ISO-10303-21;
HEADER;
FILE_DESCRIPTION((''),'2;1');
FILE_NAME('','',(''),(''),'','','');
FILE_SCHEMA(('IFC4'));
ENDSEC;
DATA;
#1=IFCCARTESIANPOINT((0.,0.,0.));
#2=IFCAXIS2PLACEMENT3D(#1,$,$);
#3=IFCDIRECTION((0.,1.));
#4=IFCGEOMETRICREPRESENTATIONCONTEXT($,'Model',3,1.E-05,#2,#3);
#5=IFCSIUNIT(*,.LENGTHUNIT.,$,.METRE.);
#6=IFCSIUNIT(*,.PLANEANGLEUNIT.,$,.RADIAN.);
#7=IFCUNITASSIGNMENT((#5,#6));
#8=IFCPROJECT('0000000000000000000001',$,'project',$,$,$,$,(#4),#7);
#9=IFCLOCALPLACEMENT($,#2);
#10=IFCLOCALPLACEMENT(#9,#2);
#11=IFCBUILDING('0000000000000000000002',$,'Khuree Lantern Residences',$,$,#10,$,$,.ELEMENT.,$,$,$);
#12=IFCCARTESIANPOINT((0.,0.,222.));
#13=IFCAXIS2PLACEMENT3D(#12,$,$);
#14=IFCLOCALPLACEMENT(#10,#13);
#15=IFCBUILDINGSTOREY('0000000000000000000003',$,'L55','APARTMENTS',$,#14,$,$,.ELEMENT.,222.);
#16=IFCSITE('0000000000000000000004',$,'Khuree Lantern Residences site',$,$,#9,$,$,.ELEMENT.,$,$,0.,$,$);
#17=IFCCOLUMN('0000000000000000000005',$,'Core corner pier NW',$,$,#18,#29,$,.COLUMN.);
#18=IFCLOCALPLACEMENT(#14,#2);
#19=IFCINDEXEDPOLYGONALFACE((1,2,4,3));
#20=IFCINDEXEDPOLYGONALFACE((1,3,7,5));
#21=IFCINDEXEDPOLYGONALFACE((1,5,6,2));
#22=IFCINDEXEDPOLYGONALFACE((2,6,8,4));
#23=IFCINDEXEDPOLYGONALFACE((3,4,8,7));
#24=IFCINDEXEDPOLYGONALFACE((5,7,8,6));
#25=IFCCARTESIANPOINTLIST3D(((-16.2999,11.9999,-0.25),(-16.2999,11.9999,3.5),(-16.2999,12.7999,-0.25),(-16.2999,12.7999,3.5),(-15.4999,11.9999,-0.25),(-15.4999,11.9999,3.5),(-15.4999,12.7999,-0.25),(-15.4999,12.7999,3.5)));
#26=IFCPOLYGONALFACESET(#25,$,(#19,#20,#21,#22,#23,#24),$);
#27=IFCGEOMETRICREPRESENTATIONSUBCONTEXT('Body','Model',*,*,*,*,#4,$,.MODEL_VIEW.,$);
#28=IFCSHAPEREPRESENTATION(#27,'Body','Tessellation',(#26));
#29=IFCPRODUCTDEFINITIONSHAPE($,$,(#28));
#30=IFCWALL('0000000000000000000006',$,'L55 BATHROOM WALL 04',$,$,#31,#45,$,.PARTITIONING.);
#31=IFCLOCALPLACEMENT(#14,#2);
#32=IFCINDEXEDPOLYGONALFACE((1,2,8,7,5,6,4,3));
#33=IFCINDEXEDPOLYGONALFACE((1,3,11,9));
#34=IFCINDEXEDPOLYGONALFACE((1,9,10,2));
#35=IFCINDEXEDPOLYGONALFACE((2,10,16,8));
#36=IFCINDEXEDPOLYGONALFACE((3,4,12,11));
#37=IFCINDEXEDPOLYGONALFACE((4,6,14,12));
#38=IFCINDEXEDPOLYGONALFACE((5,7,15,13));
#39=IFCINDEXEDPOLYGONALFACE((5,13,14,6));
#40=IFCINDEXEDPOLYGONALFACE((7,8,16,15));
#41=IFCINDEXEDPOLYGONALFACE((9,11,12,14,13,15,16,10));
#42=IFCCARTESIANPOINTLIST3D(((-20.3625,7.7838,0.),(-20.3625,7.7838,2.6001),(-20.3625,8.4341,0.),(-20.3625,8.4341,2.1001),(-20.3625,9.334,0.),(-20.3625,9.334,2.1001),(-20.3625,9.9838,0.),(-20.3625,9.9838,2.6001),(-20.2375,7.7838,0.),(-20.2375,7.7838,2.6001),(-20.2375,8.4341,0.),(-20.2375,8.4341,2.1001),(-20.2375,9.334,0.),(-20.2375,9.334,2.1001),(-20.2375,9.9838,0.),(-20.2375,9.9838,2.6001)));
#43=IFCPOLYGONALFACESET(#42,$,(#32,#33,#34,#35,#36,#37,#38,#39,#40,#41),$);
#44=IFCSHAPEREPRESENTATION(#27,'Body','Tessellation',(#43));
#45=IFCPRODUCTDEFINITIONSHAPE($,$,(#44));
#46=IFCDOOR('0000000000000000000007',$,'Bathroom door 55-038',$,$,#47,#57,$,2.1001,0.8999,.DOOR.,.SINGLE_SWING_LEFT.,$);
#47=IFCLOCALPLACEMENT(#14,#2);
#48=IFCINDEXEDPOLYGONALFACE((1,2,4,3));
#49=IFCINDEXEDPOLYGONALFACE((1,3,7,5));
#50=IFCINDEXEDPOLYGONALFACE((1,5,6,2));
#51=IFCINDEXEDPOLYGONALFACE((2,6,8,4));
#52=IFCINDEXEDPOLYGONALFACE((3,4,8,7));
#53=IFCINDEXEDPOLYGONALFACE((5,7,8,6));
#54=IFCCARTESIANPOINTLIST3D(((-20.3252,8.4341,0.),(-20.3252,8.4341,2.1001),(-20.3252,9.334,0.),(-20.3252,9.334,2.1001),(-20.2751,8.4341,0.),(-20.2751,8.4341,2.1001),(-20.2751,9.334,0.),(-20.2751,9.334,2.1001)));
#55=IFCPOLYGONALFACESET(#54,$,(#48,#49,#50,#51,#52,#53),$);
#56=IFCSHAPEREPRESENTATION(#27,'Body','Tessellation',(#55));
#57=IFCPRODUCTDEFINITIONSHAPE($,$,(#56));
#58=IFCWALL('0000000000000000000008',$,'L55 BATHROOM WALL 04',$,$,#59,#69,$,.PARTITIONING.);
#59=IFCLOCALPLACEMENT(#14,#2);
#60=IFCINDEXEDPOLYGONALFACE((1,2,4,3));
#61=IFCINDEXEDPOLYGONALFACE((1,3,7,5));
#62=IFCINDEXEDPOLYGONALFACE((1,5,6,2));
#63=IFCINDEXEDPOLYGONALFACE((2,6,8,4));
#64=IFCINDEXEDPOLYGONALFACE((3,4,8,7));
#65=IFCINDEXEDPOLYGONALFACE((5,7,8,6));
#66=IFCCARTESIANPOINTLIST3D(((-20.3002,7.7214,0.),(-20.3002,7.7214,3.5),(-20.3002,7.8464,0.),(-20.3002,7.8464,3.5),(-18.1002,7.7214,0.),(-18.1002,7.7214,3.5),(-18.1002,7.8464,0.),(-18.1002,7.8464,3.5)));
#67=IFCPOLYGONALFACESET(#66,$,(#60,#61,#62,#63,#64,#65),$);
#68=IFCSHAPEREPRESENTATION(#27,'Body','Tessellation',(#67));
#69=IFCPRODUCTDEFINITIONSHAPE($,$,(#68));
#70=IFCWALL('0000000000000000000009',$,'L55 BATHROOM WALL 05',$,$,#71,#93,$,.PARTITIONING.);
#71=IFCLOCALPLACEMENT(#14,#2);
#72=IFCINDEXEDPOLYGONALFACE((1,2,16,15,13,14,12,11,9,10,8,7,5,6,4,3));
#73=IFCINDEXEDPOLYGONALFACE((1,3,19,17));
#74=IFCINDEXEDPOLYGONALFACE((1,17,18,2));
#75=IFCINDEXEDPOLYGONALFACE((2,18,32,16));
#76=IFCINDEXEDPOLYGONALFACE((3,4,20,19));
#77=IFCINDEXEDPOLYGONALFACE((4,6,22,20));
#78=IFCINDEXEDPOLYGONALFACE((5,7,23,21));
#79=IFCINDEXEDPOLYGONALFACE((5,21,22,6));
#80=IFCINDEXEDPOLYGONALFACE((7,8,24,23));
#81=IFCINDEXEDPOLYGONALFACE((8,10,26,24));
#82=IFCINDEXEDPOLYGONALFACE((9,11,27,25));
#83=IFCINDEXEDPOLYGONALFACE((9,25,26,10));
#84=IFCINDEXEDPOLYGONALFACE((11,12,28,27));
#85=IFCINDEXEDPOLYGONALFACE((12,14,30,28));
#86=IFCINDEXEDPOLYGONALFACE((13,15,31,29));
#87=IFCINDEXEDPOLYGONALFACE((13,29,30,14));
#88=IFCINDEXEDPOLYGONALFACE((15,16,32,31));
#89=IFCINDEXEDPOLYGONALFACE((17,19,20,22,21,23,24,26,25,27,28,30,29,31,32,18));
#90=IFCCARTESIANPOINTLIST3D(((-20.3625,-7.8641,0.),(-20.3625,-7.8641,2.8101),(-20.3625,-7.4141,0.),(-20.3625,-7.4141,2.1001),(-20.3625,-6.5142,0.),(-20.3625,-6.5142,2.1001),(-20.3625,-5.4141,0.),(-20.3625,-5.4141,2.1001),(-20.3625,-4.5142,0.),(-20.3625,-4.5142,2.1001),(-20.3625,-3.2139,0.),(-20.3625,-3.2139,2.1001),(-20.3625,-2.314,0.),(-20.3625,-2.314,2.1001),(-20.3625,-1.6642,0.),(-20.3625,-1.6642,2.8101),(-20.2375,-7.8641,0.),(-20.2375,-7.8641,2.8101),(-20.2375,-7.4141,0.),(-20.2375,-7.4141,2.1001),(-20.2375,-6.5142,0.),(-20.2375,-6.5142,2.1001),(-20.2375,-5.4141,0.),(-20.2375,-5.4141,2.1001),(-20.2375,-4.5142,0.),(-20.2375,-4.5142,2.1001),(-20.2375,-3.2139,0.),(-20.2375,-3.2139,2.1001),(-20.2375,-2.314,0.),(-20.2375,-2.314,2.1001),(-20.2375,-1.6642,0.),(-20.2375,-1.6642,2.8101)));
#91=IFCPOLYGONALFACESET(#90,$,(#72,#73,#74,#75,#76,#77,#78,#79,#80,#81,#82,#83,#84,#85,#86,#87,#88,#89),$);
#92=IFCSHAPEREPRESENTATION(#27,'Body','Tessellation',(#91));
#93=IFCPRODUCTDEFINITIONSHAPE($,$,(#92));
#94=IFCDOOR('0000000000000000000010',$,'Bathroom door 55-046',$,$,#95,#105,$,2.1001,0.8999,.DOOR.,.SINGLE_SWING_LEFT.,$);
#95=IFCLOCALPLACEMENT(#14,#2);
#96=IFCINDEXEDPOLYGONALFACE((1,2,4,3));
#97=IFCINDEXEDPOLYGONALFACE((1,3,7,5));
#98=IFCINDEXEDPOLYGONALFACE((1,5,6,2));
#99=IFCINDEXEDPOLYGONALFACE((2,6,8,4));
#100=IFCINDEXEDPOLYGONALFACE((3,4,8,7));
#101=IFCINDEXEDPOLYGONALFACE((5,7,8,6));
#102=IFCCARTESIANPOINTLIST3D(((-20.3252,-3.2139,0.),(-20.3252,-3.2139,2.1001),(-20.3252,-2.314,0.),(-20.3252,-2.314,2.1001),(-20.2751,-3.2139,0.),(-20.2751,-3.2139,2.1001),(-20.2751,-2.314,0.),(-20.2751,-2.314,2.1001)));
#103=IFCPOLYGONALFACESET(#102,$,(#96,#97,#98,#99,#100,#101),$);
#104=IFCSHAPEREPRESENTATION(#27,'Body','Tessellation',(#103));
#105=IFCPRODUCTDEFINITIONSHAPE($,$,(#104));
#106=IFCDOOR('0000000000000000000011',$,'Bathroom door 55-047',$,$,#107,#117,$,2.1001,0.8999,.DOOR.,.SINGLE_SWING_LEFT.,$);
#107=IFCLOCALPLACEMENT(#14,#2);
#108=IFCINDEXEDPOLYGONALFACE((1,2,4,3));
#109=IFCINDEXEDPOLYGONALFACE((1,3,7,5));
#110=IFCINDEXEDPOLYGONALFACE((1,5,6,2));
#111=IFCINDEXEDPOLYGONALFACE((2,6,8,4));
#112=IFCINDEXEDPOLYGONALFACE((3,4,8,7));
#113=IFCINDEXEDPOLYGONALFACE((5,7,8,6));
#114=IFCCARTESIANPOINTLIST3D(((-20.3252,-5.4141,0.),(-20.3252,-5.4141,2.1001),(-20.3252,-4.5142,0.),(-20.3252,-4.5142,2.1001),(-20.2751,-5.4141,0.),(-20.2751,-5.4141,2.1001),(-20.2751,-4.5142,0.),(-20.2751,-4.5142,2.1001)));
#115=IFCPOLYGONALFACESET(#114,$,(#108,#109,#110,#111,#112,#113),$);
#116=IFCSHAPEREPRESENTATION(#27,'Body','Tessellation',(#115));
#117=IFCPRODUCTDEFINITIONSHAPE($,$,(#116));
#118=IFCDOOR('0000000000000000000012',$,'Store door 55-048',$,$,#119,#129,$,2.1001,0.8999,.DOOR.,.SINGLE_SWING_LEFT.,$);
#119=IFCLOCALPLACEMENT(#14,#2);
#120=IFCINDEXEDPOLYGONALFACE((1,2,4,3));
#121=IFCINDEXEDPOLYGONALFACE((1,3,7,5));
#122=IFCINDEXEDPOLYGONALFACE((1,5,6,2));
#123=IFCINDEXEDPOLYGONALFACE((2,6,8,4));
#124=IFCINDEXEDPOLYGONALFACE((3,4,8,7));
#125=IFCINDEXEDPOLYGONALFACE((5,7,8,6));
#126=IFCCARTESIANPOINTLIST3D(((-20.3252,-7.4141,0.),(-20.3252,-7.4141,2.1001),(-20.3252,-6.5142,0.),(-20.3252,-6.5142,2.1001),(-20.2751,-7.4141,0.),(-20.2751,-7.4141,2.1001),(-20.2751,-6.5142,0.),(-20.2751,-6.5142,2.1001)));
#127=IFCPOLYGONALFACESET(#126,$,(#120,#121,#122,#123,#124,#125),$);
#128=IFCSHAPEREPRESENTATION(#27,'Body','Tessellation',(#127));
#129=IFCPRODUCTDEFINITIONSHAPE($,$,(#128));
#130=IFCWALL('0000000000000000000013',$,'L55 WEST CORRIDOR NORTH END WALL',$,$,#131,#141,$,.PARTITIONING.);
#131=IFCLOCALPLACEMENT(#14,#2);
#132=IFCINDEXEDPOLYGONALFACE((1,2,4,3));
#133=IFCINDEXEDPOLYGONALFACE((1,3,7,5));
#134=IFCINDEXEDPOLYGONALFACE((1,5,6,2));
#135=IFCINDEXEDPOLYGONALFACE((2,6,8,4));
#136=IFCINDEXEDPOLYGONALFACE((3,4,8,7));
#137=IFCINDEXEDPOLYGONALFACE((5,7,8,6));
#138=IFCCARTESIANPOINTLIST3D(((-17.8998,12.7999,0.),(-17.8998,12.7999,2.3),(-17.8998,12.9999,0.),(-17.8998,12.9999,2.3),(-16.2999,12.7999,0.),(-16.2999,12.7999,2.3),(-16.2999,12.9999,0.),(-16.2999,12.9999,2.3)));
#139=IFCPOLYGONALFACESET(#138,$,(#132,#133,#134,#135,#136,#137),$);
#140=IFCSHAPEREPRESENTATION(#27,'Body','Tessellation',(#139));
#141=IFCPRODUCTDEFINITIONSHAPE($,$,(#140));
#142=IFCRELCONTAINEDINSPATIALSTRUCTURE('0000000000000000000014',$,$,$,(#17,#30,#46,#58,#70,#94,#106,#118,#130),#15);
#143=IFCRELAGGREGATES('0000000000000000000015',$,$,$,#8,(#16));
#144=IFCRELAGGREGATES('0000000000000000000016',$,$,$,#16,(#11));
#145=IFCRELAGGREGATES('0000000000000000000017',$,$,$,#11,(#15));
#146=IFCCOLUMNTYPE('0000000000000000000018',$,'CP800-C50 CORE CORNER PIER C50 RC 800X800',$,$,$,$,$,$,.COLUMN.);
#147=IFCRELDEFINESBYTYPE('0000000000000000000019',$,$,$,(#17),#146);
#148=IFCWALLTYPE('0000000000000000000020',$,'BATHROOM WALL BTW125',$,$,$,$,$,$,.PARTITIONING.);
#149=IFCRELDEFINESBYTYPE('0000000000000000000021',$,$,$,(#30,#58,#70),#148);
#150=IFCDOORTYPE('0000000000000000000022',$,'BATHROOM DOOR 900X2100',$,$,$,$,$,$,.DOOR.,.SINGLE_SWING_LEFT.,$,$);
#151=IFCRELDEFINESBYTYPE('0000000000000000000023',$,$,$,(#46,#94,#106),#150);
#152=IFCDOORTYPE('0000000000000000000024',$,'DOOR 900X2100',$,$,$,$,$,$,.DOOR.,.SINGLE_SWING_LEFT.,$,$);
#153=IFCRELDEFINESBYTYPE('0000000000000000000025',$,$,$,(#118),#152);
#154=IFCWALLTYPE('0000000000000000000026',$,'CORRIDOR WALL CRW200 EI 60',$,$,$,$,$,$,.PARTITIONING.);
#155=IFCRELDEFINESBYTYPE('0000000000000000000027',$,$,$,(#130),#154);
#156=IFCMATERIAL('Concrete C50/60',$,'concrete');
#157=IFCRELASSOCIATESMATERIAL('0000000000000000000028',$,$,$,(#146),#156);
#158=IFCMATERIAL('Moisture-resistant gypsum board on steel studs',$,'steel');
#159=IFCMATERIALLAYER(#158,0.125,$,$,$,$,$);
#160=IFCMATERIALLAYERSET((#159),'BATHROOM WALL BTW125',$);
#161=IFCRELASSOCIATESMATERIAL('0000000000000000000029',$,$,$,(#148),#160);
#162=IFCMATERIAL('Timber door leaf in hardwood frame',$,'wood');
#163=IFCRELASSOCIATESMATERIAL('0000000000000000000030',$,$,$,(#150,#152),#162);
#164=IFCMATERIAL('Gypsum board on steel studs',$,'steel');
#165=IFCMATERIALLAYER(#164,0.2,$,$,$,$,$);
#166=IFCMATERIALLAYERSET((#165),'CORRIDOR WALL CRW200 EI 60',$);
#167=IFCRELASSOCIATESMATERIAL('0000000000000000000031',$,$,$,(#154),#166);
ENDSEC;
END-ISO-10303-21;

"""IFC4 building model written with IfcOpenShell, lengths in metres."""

from ifc_helpers import new_model, si_unit, direction, frame, frame_2d, origin, origin_2d, place, context, subcontext, project, spatial, rectangle, extrude, material, layer, layer_set, material_profile, profile_set, type_object, element, fill, save


model = new_model("IFC4")

# Units and contexts
model_context = context("Model", 3, precision=1e-05, world=origin(), true_north=direction((0.0, 1.0)))
body_context = subcontext(model_context, "Body", "Model", "MODEL_VIEW")
ifc_project = project(units=[si_unit("LENGTHUNIT", "METRE"), si_unit("PLANEANGLEUNIT", "RADIAN")], contexts=[model_context])

# Site, building, storey
site_placement = place(None, origin())
site = spatial("IfcSite", under=ifc_project, at=site_placement, Name="Khuree Lantern Residences site", CompositionType="ELEMENT", RefElevation=0.0)
building_placement = place(site_placement, origin())
building = spatial("IfcBuilding", under=site, at=building_placement, Name="Khuree Lantern Residences", CompositionType="ELEMENT")
storey_placement = place(building_placement, frame((0.0, 0.0, 222.0)))
storey = spatial("IfcBuildingStorey", under=building, at=storey_placement, Name="L55", Description="APARTMENTS", CompositionType="ELEMENT", Elevation=222.0)

# Column
ifc_material_1 = material(Name="Concrete C50/60", Category="concrete")
ifc_material_profile = material_profile(ifc_material_1, rectangle(XDim=0.8, YDim=0.8, at=origin_2d()), Name="RC 800X800")
ifc_profile_set = profile_set([ifc_material_profile], Name="Concrete C50/60")
column_type = type_object("IfcColumnType", Name="CP800-C50 CORE CORNER PIER C50 RC 800X800", PredefinedType="COLUMN", material=ifc_profile_set)
column_placement = place(storey_placement, frame((-15.8999, 12.3999, -0.25), z_axis=(0.0, 0.0, 1.0), x_axis=(1.0, 0.0, 0.0)))
element("IfcColumn", 1, at=column_placement, inside=storey, type_object=column_type, Name="Core corner pier NW", PredefinedType="COLUMN", context=body_context, shape_type="SweptSolid", body=[
    extrude(rectangle(XDim=0.8, YDim=0.8, at=origin_2d()), origin(), (0.0, 0.0, 1.0), 3.75),
])

# Wall, opening, door
ifc_material_2 = material(Name="Moisture-resistant gypsum board on steel studs", Category="steel")
ifc_layer_1 = layer(ifc_material_2, 0.125)
ifc_layer_set_1 = layer_set([ifc_layer_1], Name="BATHROOM WALL BTW125")
wall_type_1 = type_object("IfcWallType", Name="BATHROOM WALL BTW125", PredefinedType="PARTITIONING", material=ifc_layer_set_1)
wall_1_placement = place(storey_placement, frame((-20.3, 9.9839, 0.0), z_axis=(0.0, 0.0, 1.0), x_axis=(0.0, -1.0, 0.0)))
wall_1 = element("IfcWall", 2, at=wall_1_placement, inside=storey, type_object=wall_type_1, Name="L55 BATHROOM WALL 04", PredefinedType="PARTITIONING", context=body_context, shape_type="SweptSolid", body=[
    extrude(rectangle(XDim=2.2, YDim=0.125, at=frame_2d((1.1001, 0.0))), origin(), (0.0, 0.0, 1.0), 2.6001),
])
opening_1_placement = place(wall_1_placement, frame((0.6499, 0.0, 0.0)))
opening_1 = element("IfcOpeningElement", 3, at=opening_1_placement, cuts=wall_1, PredefinedType="OPENING", context=body_context, shape_type="SweptSolid", body=[
    extrude(rectangle(XDim=0.8999, YDim=2.1001, at=frame_2d((0.45, 1.05))), frame((0.0, 0.0725, 0.0), z_axis=(0.0, -1.0, 0.0), x_axis=(1.0, 0.0, 0.0)), (0.0, 0.0, 1.0), 0.145),
])
ifc_material_3 = material(Name="Timber door leaf in hardwood frame", Category="wood")
door_type_1 = type_object("IfcDoorType", Name="BATHROOM DOOR 900X2100", OperationType="SINGLE_SWING_LEFT", PredefinedType="DOOR", material=ifc_material_3)
door_1_placement = place(opening_1_placement, origin())
door_1 = element("IfcDoor", 4, at=door_1_placement, inside=storey, type_object=door_type_1, Name="Bathroom door 55-038", OperationType="SINGLE_SWING_LEFT", OverallHeight=2.1001, OverallWidth=0.8999, PredefinedType="DOOR", context=body_context, shape_type="SweptSolid", body=[
    extrude(rectangle(XDim=0.8999, YDim=2.1001, at=frame_2d((0.45, 1.05))), frame((0.0, 0.0249, 0.0), z_axis=(0.0, -1.0, 0.0), x_axis=(1.0, 0.0, 0.0)), (0.0, 0.0, 1.0), 0.05),
])
fill(opening_1, door_1)

# Wall
wall_2_placement = place(storey_placement, frame((-18.1001, 7.7839, 0.0), z_axis=(0.0, 0.0, 1.0), x_axis=(-1.0, 0.0, 0.0)))
element("IfcWall", 5, at=wall_2_placement, inside=storey, type_object=wall_type_1, Name="L55 BATHROOM WALL 04", PredefinedType="PARTITIONING", context=body_context, shape_type="SweptSolid", body=[
    extrude(rectangle(XDim=2.2, YDim=0.125, at=frame_2d((1.1001, 0.0))), origin(), (0.0, 0.0, 1.0), 3.5),
])

# Wall, openings, doors
wall_3_placement = place(storey_placement, frame((-20.3, -1.6641, 0.0), z_axis=(0.0, 0.0, 1.0), x_axis=(0.0, -1.0, 0.0)))
wall_3 = element("IfcWall", 6, at=wall_3_placement, inside=storey, type_object=wall_type_1, Name="L55 BATHROOM WALL 05", PredefinedType="PARTITIONING", context=body_context, shape_type="SweptSolid", body=[
    extrude(rectangle(XDim=6.2, YDim=0.125, at=frame_2d((3.1001, 0.0))), origin(), (0.0, 0.0, 1.0), 2.8101),
])
opening_2_placement = place(wall_3_placement, frame((0.6499, 0.0, 0.0)))
opening_2 = element("IfcOpeningElement", 7, at=opening_2_placement, cuts=wall_3, PredefinedType="OPENING", context=body_context, shape_type="SweptSolid", body=[
    extrude(rectangle(XDim=0.8999, YDim=2.1001, at=frame_2d((0.45, 1.05))), frame((0.0, 0.0725, 0.0), z_axis=(0.0, -1.0, 0.0), x_axis=(1.0, 0.0, 0.0)), (0.0, 0.0, 1.0), 0.145),
])
opening_3_placement = place(wall_3_placement, frame((2.8501, 0.0, 0.0)))
opening_3 = element("IfcOpeningElement", 8, at=opening_3_placement, cuts=wall_3, PredefinedType="OPENING", context=body_context, shape_type="SweptSolid", body=[
    extrude(rectangle(XDim=0.8999, YDim=2.1001, at=frame_2d((0.45, 1.05))), frame((0.0, 0.0725, 0.0), z_axis=(0.0, -1.0, 0.0), x_axis=(1.0, 0.0, 0.0)), (0.0, 0.0, 1.0), 0.145),
])
opening_4_placement = place(wall_3_placement, frame((4.8501, 0.0, 0.0)))
opening_4 = element("IfcOpeningElement", 9, at=opening_4_placement, cuts=wall_3, PredefinedType="OPENING", context=body_context, shape_type="SweptSolid", body=[
    extrude(rectangle(XDim=0.8999, YDim=2.1001, at=frame_2d((0.45, 1.05))), frame((0.0, 0.0725, 0.0), z_axis=(0.0, -1.0, 0.0), x_axis=(1.0, 0.0, 0.0)), (0.0, 0.0, 1.0), 0.145),
])
door_2_placement = place(opening_2_placement, origin())
door_2 = element("IfcDoor", 10, at=door_2_placement, inside=storey, type_object=door_type_1, Name="Bathroom door 55-046", OperationType="SINGLE_SWING_LEFT", OverallHeight=2.1001, OverallWidth=0.8999, PredefinedType="DOOR", context=body_context, shape_type="SweptSolid", body=[
    extrude(rectangle(XDim=0.8999, YDim=2.1001, at=frame_2d((0.45, 1.05))), frame((0.0, 0.0249, 0.0), z_axis=(0.0, -1.0, 0.0), x_axis=(1.0, 0.0, 0.0)), (0.0, 0.0, 1.0), 0.05),
])
fill(opening_2, door_2)
door_3_placement = place(opening_3_placement, origin())
door_3 = element("IfcDoor", 11, at=door_3_placement, inside=storey, type_object=door_type_1, Name="Bathroom door 55-047", OperationType="SINGLE_SWING_LEFT", OverallHeight=2.1001, OverallWidth=0.8999, PredefinedType="DOOR", context=body_context, shape_type="SweptSolid", body=[
    extrude(rectangle(XDim=0.8999, YDim=2.1001, at=frame_2d((0.45, 1.05))), frame((0.0, 0.0249, 0.0), z_axis=(0.0, -1.0, 0.0), x_axis=(1.0, 0.0, 0.0)), (0.0, 0.0, 1.0), 0.05),
])
fill(opening_3, door_3)
door_type_2 = type_object("IfcDoorType", Name="DOOR 900X2100", OperationType="SINGLE_SWING_LEFT", PredefinedType="DOOR", material=ifc_material_3)
door_4_placement = place(opening_4_placement, origin())
door_4 = element("IfcDoor", 12, at=door_4_placement, inside=storey, type_object=door_type_2, Name="Store door 55-048", OperationType="SINGLE_SWING_LEFT", OverallHeight=2.1001, OverallWidth=0.8999, PredefinedType="DOOR", context=body_context, shape_type="SweptSolid", body=[
    extrude(rectangle(XDim=0.8999, YDim=2.1001, at=frame_2d((0.45, 1.05))), frame((0.0, 0.0249, 0.0), z_axis=(0.0, -1.0, 0.0), x_axis=(1.0, 0.0, 0.0)), (0.0, 0.0, 1.0), 0.05),
])
fill(opening_4, door_4)

# Wall
ifc_material_4 = material(Name="Gypsum board on steel studs", Category="steel")
ifc_layer_2 = layer(ifc_material_4, 0.2)
ifc_layer_set_2 = layer_set([ifc_layer_2], Name="CORRIDOR WALL CRW200 EI 60")
wall_type_2 = type_object("IfcWallType", Name="CORRIDOR WALL CRW200 EI 60", PredefinedType="PARTITIONING", material=ifc_layer_set_2)
wall_4_placement = place(storey_placement, frame((-16.3, 12.8999, 0.0), z_axis=(0.0, 0.0, 1.0), x_axis=(-1.0, 0.0, 0.0)))
element("IfcWall", 13, at=wall_4_placement, inside=storey, type_object=wall_type_2, Name="L55 WEST CORRIDOR NORTH END WALL", PredefinedType="PARTITIONING", context=body_context, shape_type="SweptSolid", body=[
    extrude(rectangle(XDim=1.5999, YDim=0.2, at=frame_2d((0.7998, 0.0))), origin(), (0.0, 0.0, 1.0), 2.3),
])

save(model, "model.ifc")
